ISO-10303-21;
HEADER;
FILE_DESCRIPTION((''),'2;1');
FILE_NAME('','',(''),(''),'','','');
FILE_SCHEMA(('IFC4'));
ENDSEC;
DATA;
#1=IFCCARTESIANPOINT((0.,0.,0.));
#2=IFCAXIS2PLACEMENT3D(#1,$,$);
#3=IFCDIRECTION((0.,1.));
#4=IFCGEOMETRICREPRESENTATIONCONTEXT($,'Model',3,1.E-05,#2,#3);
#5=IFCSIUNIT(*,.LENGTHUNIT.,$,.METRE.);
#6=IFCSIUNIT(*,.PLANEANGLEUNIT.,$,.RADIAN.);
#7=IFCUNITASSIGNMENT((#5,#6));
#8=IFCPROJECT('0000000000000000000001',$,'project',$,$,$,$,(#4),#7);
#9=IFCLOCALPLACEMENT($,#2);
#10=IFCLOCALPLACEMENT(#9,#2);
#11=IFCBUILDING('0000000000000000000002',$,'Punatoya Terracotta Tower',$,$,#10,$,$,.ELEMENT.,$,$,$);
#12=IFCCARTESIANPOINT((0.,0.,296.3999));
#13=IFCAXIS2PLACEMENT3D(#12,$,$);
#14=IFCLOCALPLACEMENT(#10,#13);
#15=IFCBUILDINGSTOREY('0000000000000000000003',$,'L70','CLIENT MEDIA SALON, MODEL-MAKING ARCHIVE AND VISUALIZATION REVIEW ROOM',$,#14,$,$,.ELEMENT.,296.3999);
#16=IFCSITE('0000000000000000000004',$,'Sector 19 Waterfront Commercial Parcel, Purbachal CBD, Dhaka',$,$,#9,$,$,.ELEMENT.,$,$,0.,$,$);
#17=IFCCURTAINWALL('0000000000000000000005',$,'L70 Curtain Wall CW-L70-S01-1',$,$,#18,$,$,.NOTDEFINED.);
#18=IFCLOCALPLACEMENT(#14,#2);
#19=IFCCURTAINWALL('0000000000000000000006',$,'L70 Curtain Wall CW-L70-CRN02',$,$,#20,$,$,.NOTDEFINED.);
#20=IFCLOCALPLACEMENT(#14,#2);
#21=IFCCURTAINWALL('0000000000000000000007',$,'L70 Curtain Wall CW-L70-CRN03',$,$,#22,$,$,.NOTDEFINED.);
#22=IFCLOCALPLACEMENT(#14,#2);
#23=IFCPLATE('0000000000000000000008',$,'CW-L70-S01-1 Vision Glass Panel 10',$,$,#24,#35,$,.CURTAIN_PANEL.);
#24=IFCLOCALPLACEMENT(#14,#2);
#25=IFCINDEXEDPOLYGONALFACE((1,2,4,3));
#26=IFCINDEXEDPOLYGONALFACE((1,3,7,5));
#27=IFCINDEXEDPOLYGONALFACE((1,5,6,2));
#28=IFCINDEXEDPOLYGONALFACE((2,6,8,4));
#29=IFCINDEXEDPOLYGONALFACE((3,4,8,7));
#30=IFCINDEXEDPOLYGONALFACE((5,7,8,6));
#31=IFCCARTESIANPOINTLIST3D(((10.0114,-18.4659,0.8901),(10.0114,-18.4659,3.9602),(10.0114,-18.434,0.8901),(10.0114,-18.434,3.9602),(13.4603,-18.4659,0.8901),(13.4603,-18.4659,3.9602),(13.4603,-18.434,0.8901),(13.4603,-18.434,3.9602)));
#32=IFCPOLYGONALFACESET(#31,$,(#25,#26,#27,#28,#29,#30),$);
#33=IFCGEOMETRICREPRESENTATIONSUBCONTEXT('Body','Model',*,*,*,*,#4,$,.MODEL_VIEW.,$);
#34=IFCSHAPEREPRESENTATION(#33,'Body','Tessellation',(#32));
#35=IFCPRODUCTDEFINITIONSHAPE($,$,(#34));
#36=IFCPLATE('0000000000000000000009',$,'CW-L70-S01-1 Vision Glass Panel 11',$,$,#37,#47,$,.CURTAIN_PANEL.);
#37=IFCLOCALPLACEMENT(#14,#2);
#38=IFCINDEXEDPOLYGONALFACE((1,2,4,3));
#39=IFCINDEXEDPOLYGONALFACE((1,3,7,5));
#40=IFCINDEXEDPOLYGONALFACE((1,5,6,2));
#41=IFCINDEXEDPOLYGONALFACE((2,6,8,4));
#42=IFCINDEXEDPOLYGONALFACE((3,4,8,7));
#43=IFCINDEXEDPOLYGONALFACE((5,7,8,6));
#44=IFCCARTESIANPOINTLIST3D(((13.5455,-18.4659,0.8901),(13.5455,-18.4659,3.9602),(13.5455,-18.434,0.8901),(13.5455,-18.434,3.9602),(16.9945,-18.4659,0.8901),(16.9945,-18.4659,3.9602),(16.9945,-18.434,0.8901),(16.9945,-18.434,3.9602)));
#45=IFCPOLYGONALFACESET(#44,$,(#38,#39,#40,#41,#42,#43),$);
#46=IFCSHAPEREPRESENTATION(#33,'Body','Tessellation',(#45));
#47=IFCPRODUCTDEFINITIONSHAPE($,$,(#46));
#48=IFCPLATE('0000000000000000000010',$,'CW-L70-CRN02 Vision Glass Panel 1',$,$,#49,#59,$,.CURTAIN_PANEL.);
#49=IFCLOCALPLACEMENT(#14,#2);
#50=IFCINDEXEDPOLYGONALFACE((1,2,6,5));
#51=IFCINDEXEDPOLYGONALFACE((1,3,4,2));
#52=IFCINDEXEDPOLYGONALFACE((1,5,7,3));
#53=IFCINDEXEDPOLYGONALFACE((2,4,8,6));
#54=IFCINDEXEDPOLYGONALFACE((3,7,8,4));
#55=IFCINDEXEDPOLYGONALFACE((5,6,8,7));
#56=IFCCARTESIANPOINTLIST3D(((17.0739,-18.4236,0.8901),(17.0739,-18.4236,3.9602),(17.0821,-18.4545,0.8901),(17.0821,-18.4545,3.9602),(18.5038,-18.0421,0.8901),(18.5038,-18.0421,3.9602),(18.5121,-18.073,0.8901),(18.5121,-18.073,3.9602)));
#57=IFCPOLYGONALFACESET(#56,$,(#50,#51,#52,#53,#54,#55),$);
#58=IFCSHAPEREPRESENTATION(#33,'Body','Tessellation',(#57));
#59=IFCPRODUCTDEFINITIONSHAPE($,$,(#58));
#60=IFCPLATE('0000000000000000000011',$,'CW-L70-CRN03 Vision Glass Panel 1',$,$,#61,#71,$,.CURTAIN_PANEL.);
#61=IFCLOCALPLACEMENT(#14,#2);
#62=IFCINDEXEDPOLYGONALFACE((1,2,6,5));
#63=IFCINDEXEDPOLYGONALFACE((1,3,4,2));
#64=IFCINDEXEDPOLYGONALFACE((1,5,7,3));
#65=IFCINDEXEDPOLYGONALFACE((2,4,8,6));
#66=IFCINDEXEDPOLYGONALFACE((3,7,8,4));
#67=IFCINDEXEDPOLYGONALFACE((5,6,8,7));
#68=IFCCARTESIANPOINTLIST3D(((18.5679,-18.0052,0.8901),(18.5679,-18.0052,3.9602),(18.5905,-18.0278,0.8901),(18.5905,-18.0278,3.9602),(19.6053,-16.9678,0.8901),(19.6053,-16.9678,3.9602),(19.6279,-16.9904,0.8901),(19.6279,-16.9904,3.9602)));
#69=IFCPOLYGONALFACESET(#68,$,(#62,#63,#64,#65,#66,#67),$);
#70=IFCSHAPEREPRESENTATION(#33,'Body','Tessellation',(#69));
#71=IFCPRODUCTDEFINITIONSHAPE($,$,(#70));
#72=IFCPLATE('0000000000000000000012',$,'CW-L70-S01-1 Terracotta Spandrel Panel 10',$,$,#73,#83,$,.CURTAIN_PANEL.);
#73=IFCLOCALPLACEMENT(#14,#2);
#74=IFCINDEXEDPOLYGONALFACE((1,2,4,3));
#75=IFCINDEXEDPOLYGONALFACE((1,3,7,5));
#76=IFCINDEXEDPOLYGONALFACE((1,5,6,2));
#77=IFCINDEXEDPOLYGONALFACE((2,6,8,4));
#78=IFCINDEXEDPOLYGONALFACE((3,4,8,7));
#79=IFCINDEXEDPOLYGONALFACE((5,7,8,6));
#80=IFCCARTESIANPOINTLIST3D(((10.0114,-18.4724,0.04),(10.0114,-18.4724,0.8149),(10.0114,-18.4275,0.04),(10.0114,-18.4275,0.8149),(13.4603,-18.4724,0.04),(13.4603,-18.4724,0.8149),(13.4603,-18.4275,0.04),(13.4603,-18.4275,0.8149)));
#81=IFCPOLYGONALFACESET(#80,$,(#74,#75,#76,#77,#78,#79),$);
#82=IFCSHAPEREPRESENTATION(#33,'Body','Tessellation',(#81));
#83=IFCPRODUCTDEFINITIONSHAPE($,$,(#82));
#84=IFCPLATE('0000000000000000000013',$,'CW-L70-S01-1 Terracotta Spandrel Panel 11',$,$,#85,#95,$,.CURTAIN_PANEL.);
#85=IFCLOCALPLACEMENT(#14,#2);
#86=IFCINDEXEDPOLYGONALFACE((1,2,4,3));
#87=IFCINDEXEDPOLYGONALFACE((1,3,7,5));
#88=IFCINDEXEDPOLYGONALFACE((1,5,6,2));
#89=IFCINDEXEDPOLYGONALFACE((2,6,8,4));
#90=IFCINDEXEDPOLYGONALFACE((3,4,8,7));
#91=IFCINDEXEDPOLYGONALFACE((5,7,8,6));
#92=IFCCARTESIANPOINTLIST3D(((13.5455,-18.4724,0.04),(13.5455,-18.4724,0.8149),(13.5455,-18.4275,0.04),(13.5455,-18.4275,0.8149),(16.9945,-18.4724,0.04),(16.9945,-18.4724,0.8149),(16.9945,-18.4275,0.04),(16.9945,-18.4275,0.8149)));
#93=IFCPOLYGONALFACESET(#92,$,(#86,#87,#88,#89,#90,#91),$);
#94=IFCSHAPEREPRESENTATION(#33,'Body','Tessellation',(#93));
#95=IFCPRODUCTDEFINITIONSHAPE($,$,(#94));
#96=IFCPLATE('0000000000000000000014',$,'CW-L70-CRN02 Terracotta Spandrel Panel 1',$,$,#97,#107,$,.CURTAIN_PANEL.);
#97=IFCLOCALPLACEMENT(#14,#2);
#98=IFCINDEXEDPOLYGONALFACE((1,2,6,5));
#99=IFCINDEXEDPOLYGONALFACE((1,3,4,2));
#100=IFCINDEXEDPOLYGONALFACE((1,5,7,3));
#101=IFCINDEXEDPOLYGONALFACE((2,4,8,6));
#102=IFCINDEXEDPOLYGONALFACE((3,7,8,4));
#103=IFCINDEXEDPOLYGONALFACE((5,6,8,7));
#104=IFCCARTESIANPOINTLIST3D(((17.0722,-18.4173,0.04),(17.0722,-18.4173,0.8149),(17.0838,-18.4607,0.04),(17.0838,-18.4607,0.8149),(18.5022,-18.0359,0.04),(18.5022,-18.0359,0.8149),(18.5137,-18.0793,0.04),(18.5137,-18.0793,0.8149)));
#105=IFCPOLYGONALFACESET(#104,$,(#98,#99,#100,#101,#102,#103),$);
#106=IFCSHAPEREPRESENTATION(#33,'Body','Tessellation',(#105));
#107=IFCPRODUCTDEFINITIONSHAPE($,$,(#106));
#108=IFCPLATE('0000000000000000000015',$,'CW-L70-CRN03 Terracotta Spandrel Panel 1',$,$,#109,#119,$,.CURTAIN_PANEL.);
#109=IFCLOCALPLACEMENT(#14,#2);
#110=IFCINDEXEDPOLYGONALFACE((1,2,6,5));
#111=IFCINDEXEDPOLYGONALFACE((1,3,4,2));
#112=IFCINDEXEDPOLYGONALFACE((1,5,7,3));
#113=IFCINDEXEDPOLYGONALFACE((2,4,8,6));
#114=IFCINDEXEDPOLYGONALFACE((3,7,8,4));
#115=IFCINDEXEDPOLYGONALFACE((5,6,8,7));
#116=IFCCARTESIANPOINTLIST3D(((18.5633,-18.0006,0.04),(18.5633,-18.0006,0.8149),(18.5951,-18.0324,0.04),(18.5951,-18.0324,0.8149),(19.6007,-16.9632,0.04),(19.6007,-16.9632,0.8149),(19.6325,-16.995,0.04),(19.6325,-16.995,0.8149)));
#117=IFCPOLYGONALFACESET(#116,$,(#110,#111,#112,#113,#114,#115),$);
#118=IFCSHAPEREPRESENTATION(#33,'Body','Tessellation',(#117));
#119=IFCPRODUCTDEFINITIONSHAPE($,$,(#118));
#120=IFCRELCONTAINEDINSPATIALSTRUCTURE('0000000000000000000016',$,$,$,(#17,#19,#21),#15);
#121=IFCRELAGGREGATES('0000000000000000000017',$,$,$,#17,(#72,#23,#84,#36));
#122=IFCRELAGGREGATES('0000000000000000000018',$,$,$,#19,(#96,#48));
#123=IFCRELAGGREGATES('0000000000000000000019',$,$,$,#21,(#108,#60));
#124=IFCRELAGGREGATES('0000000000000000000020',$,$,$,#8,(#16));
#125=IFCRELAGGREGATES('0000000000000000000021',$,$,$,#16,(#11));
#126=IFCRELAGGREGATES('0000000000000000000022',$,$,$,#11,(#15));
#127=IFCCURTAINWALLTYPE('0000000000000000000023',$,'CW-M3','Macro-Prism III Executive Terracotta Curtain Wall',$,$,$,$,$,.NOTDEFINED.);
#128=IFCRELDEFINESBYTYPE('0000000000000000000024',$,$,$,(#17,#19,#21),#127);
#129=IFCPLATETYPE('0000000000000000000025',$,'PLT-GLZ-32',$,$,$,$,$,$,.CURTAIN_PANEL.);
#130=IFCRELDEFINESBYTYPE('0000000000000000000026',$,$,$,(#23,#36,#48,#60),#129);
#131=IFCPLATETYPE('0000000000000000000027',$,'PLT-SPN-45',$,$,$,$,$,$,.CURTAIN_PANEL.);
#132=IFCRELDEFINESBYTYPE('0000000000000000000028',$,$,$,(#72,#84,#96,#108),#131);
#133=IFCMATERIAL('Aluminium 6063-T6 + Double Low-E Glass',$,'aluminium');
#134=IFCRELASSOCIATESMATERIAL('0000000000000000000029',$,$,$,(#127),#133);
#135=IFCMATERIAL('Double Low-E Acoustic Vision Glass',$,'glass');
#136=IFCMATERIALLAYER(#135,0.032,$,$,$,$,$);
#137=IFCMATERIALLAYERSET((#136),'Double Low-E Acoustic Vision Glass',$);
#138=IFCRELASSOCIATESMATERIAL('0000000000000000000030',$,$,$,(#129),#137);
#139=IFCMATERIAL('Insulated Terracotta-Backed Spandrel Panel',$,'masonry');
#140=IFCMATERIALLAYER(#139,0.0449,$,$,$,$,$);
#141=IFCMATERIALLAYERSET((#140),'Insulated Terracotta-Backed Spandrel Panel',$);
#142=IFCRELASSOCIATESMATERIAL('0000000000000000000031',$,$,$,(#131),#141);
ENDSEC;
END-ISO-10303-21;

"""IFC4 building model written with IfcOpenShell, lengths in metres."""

from ifc_helpers import new_model, si_unit, direction, frame, origin, origin_2d, place, context, subcontext, project, spatial, rectangle, extrude, material, layer, layer_set, type_object, element, aggregate, save


model = new_model("IFC4")

# Units and contexts
model_context = context("Model", 3, precision=1e-05, world=origin(), true_north=direction((0.0, 1.0)))
body_context = subcontext(model_context, "Body", "Model", "MODEL_VIEW")
ifc_project = project(units=[si_unit("LENGTHUNIT", "METRE"), si_unit("PLANEANGLEUNIT", "RADIAN")], contexts=[model_context])

# Site, building, storey
site_placement = place(None, origin())
site = spatial("IfcSite", under=ifc_project, at=site_placement, Name="Sector 19 Waterfront Commercial Parcel, Purbachal CBD, Dhaka", CompositionType="ELEMENT", RefElevation=0.0)
building_placement = place(site_placement, origin())
building = spatial("IfcBuilding", under=site, at=building_placement, Name="Punatoya Terracotta Tower", CompositionType="ELEMENT")
storey_placement = place(building_placement, frame((0.0, 0.0, 296.3999)))
storey = spatial("IfcBuildingStorey", under=building, at=storey_placement, Name="L70", Description="CLIENT MEDIA SALON, MODEL-MAKING ARCHIVE AND VISUALIZATION REVIEW ROOM", CompositionType="ELEMENT", Elevation=296.3999)

# Curtain walls
ifc_material_1 = material(Name="Aluminium 6063-T6 + Double Low-E Glass", Category="aluminium")
curtain_wall_type = type_object("IfcCurtainWallType", Name="CW-M3", Description="Macro-Prism III Executive Terracotta Curtain Wall", PredefinedType="NOTDEFINED", material=ifc_material_1)
curtain_wall_1_placement = place(storey_placement, origin())
curtain_wall_1 = element("IfcCurtainWall", 1, at=curtain_wall_1_placement, inside=storey, type_object=curtain_wall_type, Name="L70 Curtain Wall CW-L70-S01-1", PredefinedType="NOTDEFINED")
curtain_wall_2_placement = place(storey_placement, origin())
curtain_wall_2 = element("IfcCurtainWall", 2, at=curtain_wall_2_placement, inside=storey, type_object=curtain_wall_type, Name="L70 Curtain Wall CW-L70-CRN02", PredefinedType="NOTDEFINED")
curtain_wall_3_placement = place(storey_placement, origin())
curtain_wall_3 = element("IfcCurtainWall", 3, at=curtain_wall_3_placement, inside=storey, type_object=curtain_wall_type, Name="L70 Curtain Wall CW-L70-CRN03", PredefinedType="NOTDEFINED")

# Plates
ifc_material_2 = material(Name="Double Low-E Acoustic Vision Glass", Category="glass")
ifc_layer_1 = layer(ifc_material_2, 0.032)
ifc_layer_set_1 = layer_set([ifc_layer_1], Name="Double Low-E Acoustic Vision Glass")
plate_type_1 = type_object("IfcPlateType", Name="PLT-GLZ-32", PredefinedType="CURTAIN_PANEL", material=ifc_layer_set_1)
plate_1_placement = place(storey_placement, frame((11.7358, -18.45, 0.8901), z_axis=(0.0, 0.0, 1.0), x_axis=(1.0, 0.0, 0.0)))
plate_1 = element("IfcPlate", 4, at=plate_1_placement, type_object=plate_type_1, Name="CW-L70-S01-1 Vision Glass Panel 10", PredefinedType="CURTAIN_PANEL", context=body_context, shape_type="SweptSolid", body=[
    extrude(rectangle(XDim=3.449, YDim=0.032, at=origin_2d()), origin(), (0.0, 0.0, 1.0), 3.0701),
])
plate_2_placement = place(storey_placement, frame((15.27, -18.45, 0.8901), z_axis=(0.0, 0.0, 1.0), x_axis=(1.0, 0.0, 0.0)))
plate_2 = element("IfcPlate", 5, at=plate_2_placement, type_object=plate_type_1, Name="CW-L70-S01-1 Vision Glass Panel 11", PredefinedType="CURTAIN_PANEL", context=body_context, shape_type="SweptSolid", body=[
    extrude(rectangle(XDim=3.449, YDim=0.032, at=origin_2d()), origin(), (0.0, 0.0, 1.0), 3.0701),
])
plate_3_placement = place(storey_placement, frame((17.793, -18.2483, 0.8901), z_axis=(0.0, 0.0, 1.0), x_axis=(0.966214, 0.257742, 0.0)))
plate_3 = element("IfcPlate", 6, at=plate_3_placement, type_object=plate_type_1, Name="CW-L70-CRN02 Vision Glass Panel 1", PredefinedType="CURTAIN_PANEL", context=body_context, shape_type="SweptSolid", body=[
    extrude(rectangle(XDim=1.48, YDim=0.032, at=origin_2d()), origin(), (0.0, 0.0, 1.0), 3.0701),
])
plate_4_placement = place(storey_placement, frame((19.0979, -17.4978, 0.8901), z_axis=(0.0, 0.0, 1.0), x_axis=(0.707107, 0.707107, 0.0)))
plate_4 = element("IfcPlate", 7, at=plate_4_placement, type_object=plate_type_1, Name="CW-L70-CRN03 Vision Glass Panel 1", PredefinedType="CURTAIN_PANEL", context=body_context, shape_type="SweptSolid", body=[
    extrude(rectangle(XDim=1.467, YDim=0.032, at=origin_2d()), origin(), (0.0, 0.0, 1.0), 3.0701),
])
ifc_material_3 = material(Name="Insulated Terracotta-Backed Spandrel Panel", Category="masonry")
ifc_layer_2 = layer(ifc_material_3, 0.0449)
ifc_layer_set_2 = layer_set([ifc_layer_2], Name="Insulated Terracotta-Backed Spandrel Panel")
plate_type_2 = type_object("IfcPlateType", Name="PLT-SPN-45", PredefinedType="CURTAIN_PANEL", material=ifc_layer_set_2)
plate_5_placement = place(storey_placement, frame((11.7358, -18.45, 0.04), z_axis=(0.0, 0.0, 1.0), x_axis=(1.0, 0.0, 0.0)))
plate_5 = element("IfcPlate", 8, at=plate_5_placement, type_object=plate_type_2, Name="CW-L70-S01-1 Terracotta Spandrel Panel 10", PredefinedType="CURTAIN_PANEL", context=body_context, shape_type="SweptSolid", body=[
    extrude(rectangle(XDim=3.449, YDim=0.0449, at=origin_2d()), origin(), (0.0, 0.0, 1.0), 0.7749),
])
plate_6_placement = place(storey_placement, frame((15.27, -18.45, 0.04), z_axis=(0.0, 0.0, 1.0), x_axis=(1.0, 0.0, 0.0)))
plate_6 = element("IfcPlate", 9, at=plate_6_placement, type_object=plate_type_2, Name="CW-L70-S01-1 Terracotta Spandrel Panel 11", PredefinedType="CURTAIN_PANEL", context=body_context, shape_type="SweptSolid", body=[
    extrude(rectangle(XDim=3.449, YDim=0.0449, at=origin_2d()), origin(), (0.0, 0.0, 1.0), 0.7749),
])
aggregate(curtain_wall_1, [plate_5, plate_1, plate_6, plate_2])
plate_7_placement = place(storey_placement, frame((17.793, -18.2483, 0.04), z_axis=(0.0, 0.0, 1.0), x_axis=(0.966214, 0.257742, 0.0)))
plate_7 = element("IfcPlate", 10, at=plate_7_placement, type_object=plate_type_2, Name="CW-L70-CRN02 Terracotta Spandrel Panel 1", PredefinedType="CURTAIN_PANEL", context=body_context, shape_type="SweptSolid", body=[
    extrude(rectangle(XDim=1.48, YDim=0.0449, at=origin_2d()), origin(), (0.0, 0.0, 1.0), 0.7749),
])
aggregate(curtain_wall_2, [plate_7, plate_3])
plate_8_placement = place(storey_placement, frame((19.0979, -17.4978, 0.04), z_axis=(0.0, 0.0, 1.0), x_axis=(0.707107, 0.707107, 0.0)))
plate_8 = element("IfcPlate", 11, at=plate_8_placement, type_object=plate_type_2, Name="CW-L70-CRN03 Terracotta Spandrel Panel 1", PredefinedType="CURTAIN_PANEL", context=body_context, shape_type="SweptSolid", body=[
    extrude(rectangle(XDim=1.467, YDim=0.0449, at=origin_2d()), origin(), (0.0, 0.0, 1.0), 0.7749),
])
aggregate(curtain_wall_3, [plate_8, plate_4])

save(model, "model.ifc")
